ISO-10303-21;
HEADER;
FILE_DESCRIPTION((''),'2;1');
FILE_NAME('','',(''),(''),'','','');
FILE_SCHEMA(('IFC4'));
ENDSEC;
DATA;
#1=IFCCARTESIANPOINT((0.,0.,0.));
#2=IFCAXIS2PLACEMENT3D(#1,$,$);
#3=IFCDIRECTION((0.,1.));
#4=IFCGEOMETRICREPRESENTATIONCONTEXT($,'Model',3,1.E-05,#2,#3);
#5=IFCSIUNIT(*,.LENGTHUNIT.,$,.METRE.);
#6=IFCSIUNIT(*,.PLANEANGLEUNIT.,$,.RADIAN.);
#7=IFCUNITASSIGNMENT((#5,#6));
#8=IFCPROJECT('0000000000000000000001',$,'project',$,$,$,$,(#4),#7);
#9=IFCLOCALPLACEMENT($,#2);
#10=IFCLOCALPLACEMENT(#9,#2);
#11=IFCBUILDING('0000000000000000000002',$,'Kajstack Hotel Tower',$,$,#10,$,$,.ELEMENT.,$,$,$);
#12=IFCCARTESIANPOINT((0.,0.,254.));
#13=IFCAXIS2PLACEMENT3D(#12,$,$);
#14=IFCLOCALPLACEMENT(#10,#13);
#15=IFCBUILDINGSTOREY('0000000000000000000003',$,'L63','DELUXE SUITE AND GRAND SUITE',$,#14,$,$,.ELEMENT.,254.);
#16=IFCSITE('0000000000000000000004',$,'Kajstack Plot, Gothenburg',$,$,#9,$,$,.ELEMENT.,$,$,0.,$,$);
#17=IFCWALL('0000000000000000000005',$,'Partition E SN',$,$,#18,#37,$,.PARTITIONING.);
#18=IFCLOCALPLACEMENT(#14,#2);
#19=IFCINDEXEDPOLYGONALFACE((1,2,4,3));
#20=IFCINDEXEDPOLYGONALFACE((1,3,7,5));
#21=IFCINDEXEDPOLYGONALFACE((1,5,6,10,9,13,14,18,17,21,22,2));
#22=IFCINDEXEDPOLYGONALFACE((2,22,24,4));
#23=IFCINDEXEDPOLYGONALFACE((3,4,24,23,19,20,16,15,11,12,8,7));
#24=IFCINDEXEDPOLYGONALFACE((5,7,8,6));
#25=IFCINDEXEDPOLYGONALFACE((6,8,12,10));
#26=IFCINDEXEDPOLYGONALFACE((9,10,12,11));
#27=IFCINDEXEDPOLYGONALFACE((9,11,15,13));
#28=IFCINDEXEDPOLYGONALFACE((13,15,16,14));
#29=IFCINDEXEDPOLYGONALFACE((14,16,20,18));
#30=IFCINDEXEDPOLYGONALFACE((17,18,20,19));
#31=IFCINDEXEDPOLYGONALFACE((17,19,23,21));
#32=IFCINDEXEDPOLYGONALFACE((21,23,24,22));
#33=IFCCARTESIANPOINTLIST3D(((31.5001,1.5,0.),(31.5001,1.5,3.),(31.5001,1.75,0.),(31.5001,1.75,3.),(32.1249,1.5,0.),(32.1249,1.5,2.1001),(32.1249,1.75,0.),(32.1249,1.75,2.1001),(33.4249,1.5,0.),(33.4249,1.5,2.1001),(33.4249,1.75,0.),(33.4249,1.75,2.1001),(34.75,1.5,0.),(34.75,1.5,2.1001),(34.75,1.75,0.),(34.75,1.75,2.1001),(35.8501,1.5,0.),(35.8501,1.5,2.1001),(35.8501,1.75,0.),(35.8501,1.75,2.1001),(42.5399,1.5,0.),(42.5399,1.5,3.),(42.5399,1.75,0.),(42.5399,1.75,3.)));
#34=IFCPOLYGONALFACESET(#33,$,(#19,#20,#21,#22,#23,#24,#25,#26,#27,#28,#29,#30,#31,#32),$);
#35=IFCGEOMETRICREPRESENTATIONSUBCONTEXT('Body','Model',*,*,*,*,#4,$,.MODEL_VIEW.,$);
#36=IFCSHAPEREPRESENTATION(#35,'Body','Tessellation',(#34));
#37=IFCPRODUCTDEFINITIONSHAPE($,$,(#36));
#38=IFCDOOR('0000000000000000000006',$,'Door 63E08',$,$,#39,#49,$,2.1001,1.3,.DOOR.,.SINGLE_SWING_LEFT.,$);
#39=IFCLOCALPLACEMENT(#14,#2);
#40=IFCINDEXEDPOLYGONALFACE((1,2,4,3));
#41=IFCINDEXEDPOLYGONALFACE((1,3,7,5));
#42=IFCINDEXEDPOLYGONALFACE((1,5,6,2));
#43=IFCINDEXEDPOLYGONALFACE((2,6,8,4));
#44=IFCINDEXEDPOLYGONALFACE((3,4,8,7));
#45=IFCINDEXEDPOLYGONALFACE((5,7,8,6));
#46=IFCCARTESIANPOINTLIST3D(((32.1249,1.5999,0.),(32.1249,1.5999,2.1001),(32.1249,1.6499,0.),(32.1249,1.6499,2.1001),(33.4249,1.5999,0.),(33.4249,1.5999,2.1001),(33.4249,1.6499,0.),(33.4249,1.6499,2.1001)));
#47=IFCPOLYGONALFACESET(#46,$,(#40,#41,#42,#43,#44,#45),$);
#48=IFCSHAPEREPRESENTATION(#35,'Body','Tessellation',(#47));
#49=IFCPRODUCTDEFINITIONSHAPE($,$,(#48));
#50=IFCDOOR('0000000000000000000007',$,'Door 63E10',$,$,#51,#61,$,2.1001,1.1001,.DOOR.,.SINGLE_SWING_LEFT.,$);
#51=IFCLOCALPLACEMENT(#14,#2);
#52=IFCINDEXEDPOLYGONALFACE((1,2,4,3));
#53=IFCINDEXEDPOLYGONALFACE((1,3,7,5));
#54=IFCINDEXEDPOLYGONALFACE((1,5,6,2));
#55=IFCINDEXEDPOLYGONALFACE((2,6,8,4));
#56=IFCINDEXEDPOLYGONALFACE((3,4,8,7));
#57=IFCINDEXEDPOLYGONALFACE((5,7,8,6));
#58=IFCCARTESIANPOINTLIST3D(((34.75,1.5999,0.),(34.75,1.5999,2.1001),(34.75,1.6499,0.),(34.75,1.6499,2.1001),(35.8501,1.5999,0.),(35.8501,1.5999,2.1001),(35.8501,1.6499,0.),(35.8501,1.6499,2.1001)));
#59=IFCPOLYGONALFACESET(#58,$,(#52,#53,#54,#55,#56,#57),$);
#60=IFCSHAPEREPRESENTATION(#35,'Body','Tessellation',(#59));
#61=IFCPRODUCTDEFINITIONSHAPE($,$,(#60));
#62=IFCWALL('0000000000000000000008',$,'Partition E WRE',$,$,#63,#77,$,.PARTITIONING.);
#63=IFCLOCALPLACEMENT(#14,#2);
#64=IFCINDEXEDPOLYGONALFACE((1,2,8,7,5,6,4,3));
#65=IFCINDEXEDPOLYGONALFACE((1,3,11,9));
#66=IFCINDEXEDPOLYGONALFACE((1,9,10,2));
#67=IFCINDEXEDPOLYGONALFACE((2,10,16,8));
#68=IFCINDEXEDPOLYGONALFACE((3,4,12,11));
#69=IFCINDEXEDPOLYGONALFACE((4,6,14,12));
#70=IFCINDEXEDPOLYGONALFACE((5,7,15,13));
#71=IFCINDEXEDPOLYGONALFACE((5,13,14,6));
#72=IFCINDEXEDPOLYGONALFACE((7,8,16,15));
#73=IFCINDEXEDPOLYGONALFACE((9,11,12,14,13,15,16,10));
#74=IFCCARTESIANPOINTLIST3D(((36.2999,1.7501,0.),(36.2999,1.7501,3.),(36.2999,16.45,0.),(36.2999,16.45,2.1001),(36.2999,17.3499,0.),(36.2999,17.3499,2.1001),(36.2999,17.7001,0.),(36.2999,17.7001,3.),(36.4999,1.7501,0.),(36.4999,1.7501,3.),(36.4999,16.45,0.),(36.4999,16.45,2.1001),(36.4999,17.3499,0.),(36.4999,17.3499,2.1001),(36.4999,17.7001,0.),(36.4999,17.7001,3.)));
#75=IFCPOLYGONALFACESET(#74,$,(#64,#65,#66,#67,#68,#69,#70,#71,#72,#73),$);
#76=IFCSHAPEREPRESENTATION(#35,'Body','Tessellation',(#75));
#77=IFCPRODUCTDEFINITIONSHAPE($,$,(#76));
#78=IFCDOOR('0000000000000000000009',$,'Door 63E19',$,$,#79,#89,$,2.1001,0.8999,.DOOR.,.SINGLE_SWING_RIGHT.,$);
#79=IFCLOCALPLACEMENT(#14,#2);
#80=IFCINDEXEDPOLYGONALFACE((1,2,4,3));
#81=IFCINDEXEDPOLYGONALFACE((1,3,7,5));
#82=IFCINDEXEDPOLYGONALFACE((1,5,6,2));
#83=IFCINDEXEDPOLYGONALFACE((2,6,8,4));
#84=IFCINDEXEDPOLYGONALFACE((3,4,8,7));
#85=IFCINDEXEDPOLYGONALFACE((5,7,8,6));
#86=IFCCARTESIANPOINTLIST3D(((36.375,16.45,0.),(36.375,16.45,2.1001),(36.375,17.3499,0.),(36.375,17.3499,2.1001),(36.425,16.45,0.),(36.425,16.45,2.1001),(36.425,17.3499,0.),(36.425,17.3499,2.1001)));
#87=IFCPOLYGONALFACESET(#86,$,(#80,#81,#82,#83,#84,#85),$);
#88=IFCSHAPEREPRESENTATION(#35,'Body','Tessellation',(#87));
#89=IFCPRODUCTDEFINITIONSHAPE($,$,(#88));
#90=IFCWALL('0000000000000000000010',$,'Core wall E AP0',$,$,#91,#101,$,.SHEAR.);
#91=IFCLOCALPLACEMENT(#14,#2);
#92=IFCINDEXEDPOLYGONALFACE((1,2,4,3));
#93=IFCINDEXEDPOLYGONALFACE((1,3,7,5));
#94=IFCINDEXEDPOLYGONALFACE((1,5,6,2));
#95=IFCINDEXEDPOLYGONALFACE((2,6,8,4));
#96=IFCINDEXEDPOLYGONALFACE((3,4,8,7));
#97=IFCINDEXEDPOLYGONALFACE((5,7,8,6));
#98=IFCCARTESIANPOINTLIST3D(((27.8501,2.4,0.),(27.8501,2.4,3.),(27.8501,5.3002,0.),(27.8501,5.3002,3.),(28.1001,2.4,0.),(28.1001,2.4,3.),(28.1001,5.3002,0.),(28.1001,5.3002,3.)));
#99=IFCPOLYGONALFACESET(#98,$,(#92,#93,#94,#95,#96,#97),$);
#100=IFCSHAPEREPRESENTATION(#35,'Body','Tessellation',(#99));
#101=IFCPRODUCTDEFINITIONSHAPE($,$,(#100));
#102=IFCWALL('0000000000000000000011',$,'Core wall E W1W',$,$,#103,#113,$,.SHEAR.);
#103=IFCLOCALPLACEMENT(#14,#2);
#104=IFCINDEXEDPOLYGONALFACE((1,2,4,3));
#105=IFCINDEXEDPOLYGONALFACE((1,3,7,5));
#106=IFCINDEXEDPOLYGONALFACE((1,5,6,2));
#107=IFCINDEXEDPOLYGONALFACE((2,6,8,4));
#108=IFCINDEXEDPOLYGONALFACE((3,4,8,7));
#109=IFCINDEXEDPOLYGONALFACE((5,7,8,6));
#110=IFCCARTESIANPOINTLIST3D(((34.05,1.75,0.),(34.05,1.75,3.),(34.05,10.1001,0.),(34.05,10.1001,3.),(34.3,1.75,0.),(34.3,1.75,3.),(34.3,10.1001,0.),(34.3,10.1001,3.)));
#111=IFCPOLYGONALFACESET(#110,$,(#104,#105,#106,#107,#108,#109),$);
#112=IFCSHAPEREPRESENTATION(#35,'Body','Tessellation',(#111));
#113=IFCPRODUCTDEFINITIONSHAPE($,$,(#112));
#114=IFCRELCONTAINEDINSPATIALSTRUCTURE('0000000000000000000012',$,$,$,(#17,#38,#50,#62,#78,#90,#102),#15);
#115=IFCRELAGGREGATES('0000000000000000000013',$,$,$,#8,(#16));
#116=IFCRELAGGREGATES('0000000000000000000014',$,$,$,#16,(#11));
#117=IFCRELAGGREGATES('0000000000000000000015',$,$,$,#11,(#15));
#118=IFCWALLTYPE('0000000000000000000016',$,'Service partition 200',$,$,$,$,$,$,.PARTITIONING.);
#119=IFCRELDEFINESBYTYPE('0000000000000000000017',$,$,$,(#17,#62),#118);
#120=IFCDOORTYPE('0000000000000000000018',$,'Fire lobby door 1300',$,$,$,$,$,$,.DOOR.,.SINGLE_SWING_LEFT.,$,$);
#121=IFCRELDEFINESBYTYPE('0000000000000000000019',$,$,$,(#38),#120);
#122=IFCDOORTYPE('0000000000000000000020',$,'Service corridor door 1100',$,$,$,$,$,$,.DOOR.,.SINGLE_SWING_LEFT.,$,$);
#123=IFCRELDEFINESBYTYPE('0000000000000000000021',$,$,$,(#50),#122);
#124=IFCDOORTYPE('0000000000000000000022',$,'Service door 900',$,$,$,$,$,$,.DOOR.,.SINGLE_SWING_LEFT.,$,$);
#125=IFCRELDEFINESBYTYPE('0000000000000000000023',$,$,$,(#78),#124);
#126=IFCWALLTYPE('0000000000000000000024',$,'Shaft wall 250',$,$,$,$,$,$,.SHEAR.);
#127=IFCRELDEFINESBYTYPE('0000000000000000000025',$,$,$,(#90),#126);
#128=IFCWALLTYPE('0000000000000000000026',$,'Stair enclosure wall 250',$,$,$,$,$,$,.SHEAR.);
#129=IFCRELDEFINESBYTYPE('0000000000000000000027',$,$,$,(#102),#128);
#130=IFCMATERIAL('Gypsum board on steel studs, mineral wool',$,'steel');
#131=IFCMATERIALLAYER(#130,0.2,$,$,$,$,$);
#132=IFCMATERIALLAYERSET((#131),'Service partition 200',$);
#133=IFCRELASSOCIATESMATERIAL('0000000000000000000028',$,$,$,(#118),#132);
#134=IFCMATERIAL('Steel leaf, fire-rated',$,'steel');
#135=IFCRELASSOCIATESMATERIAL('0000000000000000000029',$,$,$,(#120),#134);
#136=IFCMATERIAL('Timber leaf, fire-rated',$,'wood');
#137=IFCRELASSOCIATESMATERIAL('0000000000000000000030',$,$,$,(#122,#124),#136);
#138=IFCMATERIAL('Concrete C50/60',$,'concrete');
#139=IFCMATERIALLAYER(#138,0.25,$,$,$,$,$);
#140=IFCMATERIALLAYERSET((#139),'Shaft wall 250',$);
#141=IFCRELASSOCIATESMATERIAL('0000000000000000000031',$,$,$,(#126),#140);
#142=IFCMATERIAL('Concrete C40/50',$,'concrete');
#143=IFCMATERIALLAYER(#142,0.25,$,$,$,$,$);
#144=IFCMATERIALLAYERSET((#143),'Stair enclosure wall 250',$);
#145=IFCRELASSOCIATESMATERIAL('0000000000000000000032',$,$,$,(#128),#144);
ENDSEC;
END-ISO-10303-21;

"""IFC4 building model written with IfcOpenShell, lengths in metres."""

from ifc_helpers import new_model, si_unit, direction, frame, frame_2d, origin, place, context, subcontext, project, spatial, rectangle, extrude, material, layer, layer_set, type_object, element, fill, save


model = new_model("IFC4")

# Units and contexts
model_context = context("Model", 3, precision=1e-05, world=origin(), true_north=direction((0.0, 1.0)))
body_context = subcontext(model_context, "Body", "Model", "MODEL_VIEW")
ifc_project = project(units=[si_unit("LENGTHUNIT", "METRE"), si_unit("PLANEANGLEUNIT", "RADIAN")], contexts=[model_context])

# Site, building, storey
site_placement = place(None, origin())
site = spatial("IfcSite", under=ifc_project, at=site_placement, Name="Kajstack Plot, Gothenburg", CompositionType="ELEMENT", RefElevation=0.0)
building_placement = place(site_placement, origin())
building = spatial("IfcBuilding", under=site, at=building_placement, Name="Kajstack Hotel Tower", CompositionType="ELEMENT")
storey_placement = place(building_placement, frame((0.0, 0.0, 254.0)))
storey = spatial("IfcBuildingStorey", under=building, at=storey_placement, Name="L63", Description="DELUXE SUITE AND GRAND SUITE", CompositionType="ELEMENT", Elevation=254.0)

# Shared definitions
ifc_material_1 = material(Name="Concrete C50/60", Category="concrete")

# Wall, openings, doors
ifc_material_2 = material(Name="Gypsum board on steel studs, mineral wool", Category="steel")
ifc_layer_1 = layer(ifc_material_2, 0.2)
ifc_layer_set_1 = layer_set([ifc_layer_1], Name="Service partition 200")
wall_type_1 = type_object("IfcWallType", Name="Service partition 200", PredefinedType="PARTITIONING", material=ifc_layer_set_1)
wall_1_placement = place(storey_placement, frame((31.5, 1.625, 0.0), z_axis=(0.0, 0.0, 1.0), x_axis=(1.0, 0.0, 0.0)))
wall_1 = element("IfcWall", 1, at=wall_1_placement, inside=storey, type_object=wall_type_1, Name="Partition E SN", PredefinedType="PARTITIONING", context=body_context, shape_type="SweptSolid", body=[
    extrude(rectangle(XDim=11.0398, YDim=0.25, at=frame_2d((5.52, 0.0))), origin(), (0.0, 0.0, 1.0), 3.0),
])
opening_1_placement = place(wall_1_placement, frame((0.625, 0.0, 0.0)))
opening_1 = element("IfcOpeningElement", 2, at=opening_1_placement, cuts=wall_1, PredefinedType="OPENING", context=body_context, shape_type="SweptSolid", body=[
    extrude(rectangle(XDim=1.3, YDim=2.1001, at=frame_2d((0.6499, 1.05))), frame((0.0, 0.135, 0.0), z_axis=(0.0, -1.0, 0.0), x_axis=(1.0, 0.0, 0.0)), (0.0, 0.0, 1.0), 0.27),
])
opening_2_placement = place(wall_1_placement, frame((3.25, 0.0, 0.0)))
opening_2 = element("IfcOpeningElement", 3, at=opening_2_placement, cuts=wall_1, PredefinedType="OPENING", context=body_context, shape_type="SweptSolid", body=[
    extrude(rectangle(XDim=1.1001, YDim=2.1001, at=frame_2d((0.55, 1.05))), frame((0.0, 0.135, 0.0), z_axis=(0.0, -1.0, 0.0), x_axis=(1.0, 0.0, 0.0)), (0.0, 0.0, 1.0), 0.27),
])
ifc_material_3 = material(Name="Steel leaf, fire-rated", Category="steel")
door_type_1 = type_object("IfcDoorType", Name="Fire lobby door 1300", OperationType="SINGLE_SWING_LEFT", PredefinedType="DOOR", material=ifc_material_3)
door_1_placement = place(opening_1_placement, origin())
door_1 = element("IfcDoor", 4, at=door_1_placement, inside=storey, type_object=door_type_1, Name="Door 63E08", OperationType="SINGLE_SWING_LEFT", OverallHeight=2.1001, OverallWidth=1.3, PredefinedType="DOOR", context=body_context, shape_type="SweptSolid", body=[
    extrude(rectangle(XDim=1.3, YDim=2.1001, at=frame_2d((0.6499, 1.05))), frame((0.0, 0.0249, 0.0), z_axis=(0.0, -1.0, 0.0), x_axis=(1.0, 0.0, 0.0)), (0.0, 0.0, 1.0), 0.05),
])
fill(opening_1, door_1)
ifc_material_4 = material(Name="Timber leaf, fire-rated", Category="wood")
door_type_2 = type_object("IfcDoorType", Name="Service corridor door 1100", OperationType="SINGLE_SWING_LEFT", PredefinedType="DOOR", material=ifc_material_4)
door_2_placement = place(opening_2_placement, origin())
door_2 = element("IfcDoor", 5, at=door_2_placement, inside=storey, type_object=door_type_2, Name="Door 63E10", OperationType="SINGLE_SWING_LEFT", OverallHeight=2.1001, OverallWidth=1.1001, PredefinedType="DOOR", context=body_context, shape_type="SweptSolid", body=[
    extrude(rectangle(XDim=1.1001, YDim=2.1001, at=frame_2d((0.55, 1.05))), frame((0.0, 0.0249, 0.0), z_axis=(0.0, -1.0, 0.0), x_axis=(1.0, 0.0, 0.0)), (0.0, 0.0, 1.0), 0.05),
])
fill(opening_2, door_2)

# Wall, opening, door
wall_2_placement = place(storey_placement, frame((36.3999, 1.75, 0.0), z_axis=(0.0, 0.0, 1.0), x_axis=(0.0, 1.0, 0.0)))
wall_2 = element("IfcWall", 6, at=wall_2_placement, inside=storey, type_object=wall_type_1, Name="Partition E WRE", PredefinedType="PARTITIONING", context=body_context, shape_type="SweptSolid", body=[
    extrude(rectangle(XDim=15.95, YDim=0.2, at=frame_2d((7.9751, 0.0))), origin(), (0.0, 0.0, 1.0), 3.0),
])
opening_3_placement = place(wall_2_placement, frame((14.7, 0.0, 0.0)))
opening_3 = element("IfcOpeningElement", 7, at=opening_3_placement, cuts=wall_2, PredefinedType="OPENING", context=body_context, shape_type="SweptSolid", body=[
    extrude(rectangle(XDim=0.8999, YDim=2.1001, at=frame_2d((0.45, 1.05))), frame((0.0, 0.1099, 0.0), z_axis=(0.0, -1.0, 0.0), x_axis=(1.0, 0.0, 0.0)), (0.0, 0.0, 1.0), 0.22),
])
door_type_3 = type_object("IfcDoorType", Name="Service door 900", OperationType="SINGLE_SWING_LEFT", PredefinedType="DOOR", material=ifc_material_4)
door_3_placement = place(opening_3_placement, origin())
door_3 = element("IfcDoor", 8, at=door_3_placement, inside=storey, type_object=door_type_3, Name="Door 63E19", OperationType="SINGLE_SWING_RIGHT", OverallHeight=2.1001, OverallWidth=0.8999, PredefinedType="DOOR", context=body_context, shape_type="SweptSolid", body=[
    extrude(rectangle(XDim=0.8999, YDim=2.1001, at=frame_2d((0.45, 1.05))), frame((0.0, 0.0249, 0.0), z_axis=(0.0, -1.0, 0.0), x_axis=(1.0, 0.0, 0.0)), (0.0, 0.0, 1.0), 0.05),
])
fill(opening_3, door_3)

# Walls
ifc_layer_2 = layer(ifc_material_1, 0.25)
ifc_layer_set_2 = layer_set([ifc_layer_2], Name="Shaft wall 250")
wall_type_2 = type_object("IfcWallType", Name="Shaft wall 250", PredefinedType="SHEAR", material=ifc_layer_set_2)
wall_3_placement = place(storey_placement, frame((27.9751, 2.3999, 0.0), z_axis=(0.0, 0.0, 1.0), x_axis=(0.0, 1.0, 0.0)))
element("IfcWall", 9, at=wall_3_placement, inside=storey, type_object=wall_type_2, Name="Core wall E AP0", PredefinedType="SHEAR", context=body_context, shape_type="SweptSolid", body=[
    extrude(rectangle(XDim=2.9001, YDim=0.25, at=frame_2d((1.4502, 0.0))), origin(), (0.0, 0.0, 1.0), 3.0),
])
ifc_material_5 = material(Name="Concrete C40/50", Category="concrete")
ifc_layer_3 = layer(ifc_material_5, 0.25)
ifc_layer_set_3 = layer_set([ifc_layer_3], Name="Stair enclosure wall 250")
wall_type_3 = type_object("IfcWallType", Name="Stair enclosure wall 250", PredefinedType="SHEAR", material=ifc_layer_set_3)
wall_4_placement = place(storey_placement, frame((34.175, 1.75, 0.0), z_axis=(0.0, 0.0, 1.0), x_axis=(0.0, 1.0, 0.0)))
element("IfcWall", 10, at=wall_4_placement, inside=storey, type_object=wall_type_3, Name="Core wall E W1W", PredefinedType="SHEAR", context=body_context, shape_type="SweptSolid", body=[
    extrude(rectangle(XDim=8.3501, YDim=0.25, at=frame_2d((4.175, 0.0))), origin(), (0.0, 0.0, 1.0), 3.0),
])

save(model, "model.ifc")
